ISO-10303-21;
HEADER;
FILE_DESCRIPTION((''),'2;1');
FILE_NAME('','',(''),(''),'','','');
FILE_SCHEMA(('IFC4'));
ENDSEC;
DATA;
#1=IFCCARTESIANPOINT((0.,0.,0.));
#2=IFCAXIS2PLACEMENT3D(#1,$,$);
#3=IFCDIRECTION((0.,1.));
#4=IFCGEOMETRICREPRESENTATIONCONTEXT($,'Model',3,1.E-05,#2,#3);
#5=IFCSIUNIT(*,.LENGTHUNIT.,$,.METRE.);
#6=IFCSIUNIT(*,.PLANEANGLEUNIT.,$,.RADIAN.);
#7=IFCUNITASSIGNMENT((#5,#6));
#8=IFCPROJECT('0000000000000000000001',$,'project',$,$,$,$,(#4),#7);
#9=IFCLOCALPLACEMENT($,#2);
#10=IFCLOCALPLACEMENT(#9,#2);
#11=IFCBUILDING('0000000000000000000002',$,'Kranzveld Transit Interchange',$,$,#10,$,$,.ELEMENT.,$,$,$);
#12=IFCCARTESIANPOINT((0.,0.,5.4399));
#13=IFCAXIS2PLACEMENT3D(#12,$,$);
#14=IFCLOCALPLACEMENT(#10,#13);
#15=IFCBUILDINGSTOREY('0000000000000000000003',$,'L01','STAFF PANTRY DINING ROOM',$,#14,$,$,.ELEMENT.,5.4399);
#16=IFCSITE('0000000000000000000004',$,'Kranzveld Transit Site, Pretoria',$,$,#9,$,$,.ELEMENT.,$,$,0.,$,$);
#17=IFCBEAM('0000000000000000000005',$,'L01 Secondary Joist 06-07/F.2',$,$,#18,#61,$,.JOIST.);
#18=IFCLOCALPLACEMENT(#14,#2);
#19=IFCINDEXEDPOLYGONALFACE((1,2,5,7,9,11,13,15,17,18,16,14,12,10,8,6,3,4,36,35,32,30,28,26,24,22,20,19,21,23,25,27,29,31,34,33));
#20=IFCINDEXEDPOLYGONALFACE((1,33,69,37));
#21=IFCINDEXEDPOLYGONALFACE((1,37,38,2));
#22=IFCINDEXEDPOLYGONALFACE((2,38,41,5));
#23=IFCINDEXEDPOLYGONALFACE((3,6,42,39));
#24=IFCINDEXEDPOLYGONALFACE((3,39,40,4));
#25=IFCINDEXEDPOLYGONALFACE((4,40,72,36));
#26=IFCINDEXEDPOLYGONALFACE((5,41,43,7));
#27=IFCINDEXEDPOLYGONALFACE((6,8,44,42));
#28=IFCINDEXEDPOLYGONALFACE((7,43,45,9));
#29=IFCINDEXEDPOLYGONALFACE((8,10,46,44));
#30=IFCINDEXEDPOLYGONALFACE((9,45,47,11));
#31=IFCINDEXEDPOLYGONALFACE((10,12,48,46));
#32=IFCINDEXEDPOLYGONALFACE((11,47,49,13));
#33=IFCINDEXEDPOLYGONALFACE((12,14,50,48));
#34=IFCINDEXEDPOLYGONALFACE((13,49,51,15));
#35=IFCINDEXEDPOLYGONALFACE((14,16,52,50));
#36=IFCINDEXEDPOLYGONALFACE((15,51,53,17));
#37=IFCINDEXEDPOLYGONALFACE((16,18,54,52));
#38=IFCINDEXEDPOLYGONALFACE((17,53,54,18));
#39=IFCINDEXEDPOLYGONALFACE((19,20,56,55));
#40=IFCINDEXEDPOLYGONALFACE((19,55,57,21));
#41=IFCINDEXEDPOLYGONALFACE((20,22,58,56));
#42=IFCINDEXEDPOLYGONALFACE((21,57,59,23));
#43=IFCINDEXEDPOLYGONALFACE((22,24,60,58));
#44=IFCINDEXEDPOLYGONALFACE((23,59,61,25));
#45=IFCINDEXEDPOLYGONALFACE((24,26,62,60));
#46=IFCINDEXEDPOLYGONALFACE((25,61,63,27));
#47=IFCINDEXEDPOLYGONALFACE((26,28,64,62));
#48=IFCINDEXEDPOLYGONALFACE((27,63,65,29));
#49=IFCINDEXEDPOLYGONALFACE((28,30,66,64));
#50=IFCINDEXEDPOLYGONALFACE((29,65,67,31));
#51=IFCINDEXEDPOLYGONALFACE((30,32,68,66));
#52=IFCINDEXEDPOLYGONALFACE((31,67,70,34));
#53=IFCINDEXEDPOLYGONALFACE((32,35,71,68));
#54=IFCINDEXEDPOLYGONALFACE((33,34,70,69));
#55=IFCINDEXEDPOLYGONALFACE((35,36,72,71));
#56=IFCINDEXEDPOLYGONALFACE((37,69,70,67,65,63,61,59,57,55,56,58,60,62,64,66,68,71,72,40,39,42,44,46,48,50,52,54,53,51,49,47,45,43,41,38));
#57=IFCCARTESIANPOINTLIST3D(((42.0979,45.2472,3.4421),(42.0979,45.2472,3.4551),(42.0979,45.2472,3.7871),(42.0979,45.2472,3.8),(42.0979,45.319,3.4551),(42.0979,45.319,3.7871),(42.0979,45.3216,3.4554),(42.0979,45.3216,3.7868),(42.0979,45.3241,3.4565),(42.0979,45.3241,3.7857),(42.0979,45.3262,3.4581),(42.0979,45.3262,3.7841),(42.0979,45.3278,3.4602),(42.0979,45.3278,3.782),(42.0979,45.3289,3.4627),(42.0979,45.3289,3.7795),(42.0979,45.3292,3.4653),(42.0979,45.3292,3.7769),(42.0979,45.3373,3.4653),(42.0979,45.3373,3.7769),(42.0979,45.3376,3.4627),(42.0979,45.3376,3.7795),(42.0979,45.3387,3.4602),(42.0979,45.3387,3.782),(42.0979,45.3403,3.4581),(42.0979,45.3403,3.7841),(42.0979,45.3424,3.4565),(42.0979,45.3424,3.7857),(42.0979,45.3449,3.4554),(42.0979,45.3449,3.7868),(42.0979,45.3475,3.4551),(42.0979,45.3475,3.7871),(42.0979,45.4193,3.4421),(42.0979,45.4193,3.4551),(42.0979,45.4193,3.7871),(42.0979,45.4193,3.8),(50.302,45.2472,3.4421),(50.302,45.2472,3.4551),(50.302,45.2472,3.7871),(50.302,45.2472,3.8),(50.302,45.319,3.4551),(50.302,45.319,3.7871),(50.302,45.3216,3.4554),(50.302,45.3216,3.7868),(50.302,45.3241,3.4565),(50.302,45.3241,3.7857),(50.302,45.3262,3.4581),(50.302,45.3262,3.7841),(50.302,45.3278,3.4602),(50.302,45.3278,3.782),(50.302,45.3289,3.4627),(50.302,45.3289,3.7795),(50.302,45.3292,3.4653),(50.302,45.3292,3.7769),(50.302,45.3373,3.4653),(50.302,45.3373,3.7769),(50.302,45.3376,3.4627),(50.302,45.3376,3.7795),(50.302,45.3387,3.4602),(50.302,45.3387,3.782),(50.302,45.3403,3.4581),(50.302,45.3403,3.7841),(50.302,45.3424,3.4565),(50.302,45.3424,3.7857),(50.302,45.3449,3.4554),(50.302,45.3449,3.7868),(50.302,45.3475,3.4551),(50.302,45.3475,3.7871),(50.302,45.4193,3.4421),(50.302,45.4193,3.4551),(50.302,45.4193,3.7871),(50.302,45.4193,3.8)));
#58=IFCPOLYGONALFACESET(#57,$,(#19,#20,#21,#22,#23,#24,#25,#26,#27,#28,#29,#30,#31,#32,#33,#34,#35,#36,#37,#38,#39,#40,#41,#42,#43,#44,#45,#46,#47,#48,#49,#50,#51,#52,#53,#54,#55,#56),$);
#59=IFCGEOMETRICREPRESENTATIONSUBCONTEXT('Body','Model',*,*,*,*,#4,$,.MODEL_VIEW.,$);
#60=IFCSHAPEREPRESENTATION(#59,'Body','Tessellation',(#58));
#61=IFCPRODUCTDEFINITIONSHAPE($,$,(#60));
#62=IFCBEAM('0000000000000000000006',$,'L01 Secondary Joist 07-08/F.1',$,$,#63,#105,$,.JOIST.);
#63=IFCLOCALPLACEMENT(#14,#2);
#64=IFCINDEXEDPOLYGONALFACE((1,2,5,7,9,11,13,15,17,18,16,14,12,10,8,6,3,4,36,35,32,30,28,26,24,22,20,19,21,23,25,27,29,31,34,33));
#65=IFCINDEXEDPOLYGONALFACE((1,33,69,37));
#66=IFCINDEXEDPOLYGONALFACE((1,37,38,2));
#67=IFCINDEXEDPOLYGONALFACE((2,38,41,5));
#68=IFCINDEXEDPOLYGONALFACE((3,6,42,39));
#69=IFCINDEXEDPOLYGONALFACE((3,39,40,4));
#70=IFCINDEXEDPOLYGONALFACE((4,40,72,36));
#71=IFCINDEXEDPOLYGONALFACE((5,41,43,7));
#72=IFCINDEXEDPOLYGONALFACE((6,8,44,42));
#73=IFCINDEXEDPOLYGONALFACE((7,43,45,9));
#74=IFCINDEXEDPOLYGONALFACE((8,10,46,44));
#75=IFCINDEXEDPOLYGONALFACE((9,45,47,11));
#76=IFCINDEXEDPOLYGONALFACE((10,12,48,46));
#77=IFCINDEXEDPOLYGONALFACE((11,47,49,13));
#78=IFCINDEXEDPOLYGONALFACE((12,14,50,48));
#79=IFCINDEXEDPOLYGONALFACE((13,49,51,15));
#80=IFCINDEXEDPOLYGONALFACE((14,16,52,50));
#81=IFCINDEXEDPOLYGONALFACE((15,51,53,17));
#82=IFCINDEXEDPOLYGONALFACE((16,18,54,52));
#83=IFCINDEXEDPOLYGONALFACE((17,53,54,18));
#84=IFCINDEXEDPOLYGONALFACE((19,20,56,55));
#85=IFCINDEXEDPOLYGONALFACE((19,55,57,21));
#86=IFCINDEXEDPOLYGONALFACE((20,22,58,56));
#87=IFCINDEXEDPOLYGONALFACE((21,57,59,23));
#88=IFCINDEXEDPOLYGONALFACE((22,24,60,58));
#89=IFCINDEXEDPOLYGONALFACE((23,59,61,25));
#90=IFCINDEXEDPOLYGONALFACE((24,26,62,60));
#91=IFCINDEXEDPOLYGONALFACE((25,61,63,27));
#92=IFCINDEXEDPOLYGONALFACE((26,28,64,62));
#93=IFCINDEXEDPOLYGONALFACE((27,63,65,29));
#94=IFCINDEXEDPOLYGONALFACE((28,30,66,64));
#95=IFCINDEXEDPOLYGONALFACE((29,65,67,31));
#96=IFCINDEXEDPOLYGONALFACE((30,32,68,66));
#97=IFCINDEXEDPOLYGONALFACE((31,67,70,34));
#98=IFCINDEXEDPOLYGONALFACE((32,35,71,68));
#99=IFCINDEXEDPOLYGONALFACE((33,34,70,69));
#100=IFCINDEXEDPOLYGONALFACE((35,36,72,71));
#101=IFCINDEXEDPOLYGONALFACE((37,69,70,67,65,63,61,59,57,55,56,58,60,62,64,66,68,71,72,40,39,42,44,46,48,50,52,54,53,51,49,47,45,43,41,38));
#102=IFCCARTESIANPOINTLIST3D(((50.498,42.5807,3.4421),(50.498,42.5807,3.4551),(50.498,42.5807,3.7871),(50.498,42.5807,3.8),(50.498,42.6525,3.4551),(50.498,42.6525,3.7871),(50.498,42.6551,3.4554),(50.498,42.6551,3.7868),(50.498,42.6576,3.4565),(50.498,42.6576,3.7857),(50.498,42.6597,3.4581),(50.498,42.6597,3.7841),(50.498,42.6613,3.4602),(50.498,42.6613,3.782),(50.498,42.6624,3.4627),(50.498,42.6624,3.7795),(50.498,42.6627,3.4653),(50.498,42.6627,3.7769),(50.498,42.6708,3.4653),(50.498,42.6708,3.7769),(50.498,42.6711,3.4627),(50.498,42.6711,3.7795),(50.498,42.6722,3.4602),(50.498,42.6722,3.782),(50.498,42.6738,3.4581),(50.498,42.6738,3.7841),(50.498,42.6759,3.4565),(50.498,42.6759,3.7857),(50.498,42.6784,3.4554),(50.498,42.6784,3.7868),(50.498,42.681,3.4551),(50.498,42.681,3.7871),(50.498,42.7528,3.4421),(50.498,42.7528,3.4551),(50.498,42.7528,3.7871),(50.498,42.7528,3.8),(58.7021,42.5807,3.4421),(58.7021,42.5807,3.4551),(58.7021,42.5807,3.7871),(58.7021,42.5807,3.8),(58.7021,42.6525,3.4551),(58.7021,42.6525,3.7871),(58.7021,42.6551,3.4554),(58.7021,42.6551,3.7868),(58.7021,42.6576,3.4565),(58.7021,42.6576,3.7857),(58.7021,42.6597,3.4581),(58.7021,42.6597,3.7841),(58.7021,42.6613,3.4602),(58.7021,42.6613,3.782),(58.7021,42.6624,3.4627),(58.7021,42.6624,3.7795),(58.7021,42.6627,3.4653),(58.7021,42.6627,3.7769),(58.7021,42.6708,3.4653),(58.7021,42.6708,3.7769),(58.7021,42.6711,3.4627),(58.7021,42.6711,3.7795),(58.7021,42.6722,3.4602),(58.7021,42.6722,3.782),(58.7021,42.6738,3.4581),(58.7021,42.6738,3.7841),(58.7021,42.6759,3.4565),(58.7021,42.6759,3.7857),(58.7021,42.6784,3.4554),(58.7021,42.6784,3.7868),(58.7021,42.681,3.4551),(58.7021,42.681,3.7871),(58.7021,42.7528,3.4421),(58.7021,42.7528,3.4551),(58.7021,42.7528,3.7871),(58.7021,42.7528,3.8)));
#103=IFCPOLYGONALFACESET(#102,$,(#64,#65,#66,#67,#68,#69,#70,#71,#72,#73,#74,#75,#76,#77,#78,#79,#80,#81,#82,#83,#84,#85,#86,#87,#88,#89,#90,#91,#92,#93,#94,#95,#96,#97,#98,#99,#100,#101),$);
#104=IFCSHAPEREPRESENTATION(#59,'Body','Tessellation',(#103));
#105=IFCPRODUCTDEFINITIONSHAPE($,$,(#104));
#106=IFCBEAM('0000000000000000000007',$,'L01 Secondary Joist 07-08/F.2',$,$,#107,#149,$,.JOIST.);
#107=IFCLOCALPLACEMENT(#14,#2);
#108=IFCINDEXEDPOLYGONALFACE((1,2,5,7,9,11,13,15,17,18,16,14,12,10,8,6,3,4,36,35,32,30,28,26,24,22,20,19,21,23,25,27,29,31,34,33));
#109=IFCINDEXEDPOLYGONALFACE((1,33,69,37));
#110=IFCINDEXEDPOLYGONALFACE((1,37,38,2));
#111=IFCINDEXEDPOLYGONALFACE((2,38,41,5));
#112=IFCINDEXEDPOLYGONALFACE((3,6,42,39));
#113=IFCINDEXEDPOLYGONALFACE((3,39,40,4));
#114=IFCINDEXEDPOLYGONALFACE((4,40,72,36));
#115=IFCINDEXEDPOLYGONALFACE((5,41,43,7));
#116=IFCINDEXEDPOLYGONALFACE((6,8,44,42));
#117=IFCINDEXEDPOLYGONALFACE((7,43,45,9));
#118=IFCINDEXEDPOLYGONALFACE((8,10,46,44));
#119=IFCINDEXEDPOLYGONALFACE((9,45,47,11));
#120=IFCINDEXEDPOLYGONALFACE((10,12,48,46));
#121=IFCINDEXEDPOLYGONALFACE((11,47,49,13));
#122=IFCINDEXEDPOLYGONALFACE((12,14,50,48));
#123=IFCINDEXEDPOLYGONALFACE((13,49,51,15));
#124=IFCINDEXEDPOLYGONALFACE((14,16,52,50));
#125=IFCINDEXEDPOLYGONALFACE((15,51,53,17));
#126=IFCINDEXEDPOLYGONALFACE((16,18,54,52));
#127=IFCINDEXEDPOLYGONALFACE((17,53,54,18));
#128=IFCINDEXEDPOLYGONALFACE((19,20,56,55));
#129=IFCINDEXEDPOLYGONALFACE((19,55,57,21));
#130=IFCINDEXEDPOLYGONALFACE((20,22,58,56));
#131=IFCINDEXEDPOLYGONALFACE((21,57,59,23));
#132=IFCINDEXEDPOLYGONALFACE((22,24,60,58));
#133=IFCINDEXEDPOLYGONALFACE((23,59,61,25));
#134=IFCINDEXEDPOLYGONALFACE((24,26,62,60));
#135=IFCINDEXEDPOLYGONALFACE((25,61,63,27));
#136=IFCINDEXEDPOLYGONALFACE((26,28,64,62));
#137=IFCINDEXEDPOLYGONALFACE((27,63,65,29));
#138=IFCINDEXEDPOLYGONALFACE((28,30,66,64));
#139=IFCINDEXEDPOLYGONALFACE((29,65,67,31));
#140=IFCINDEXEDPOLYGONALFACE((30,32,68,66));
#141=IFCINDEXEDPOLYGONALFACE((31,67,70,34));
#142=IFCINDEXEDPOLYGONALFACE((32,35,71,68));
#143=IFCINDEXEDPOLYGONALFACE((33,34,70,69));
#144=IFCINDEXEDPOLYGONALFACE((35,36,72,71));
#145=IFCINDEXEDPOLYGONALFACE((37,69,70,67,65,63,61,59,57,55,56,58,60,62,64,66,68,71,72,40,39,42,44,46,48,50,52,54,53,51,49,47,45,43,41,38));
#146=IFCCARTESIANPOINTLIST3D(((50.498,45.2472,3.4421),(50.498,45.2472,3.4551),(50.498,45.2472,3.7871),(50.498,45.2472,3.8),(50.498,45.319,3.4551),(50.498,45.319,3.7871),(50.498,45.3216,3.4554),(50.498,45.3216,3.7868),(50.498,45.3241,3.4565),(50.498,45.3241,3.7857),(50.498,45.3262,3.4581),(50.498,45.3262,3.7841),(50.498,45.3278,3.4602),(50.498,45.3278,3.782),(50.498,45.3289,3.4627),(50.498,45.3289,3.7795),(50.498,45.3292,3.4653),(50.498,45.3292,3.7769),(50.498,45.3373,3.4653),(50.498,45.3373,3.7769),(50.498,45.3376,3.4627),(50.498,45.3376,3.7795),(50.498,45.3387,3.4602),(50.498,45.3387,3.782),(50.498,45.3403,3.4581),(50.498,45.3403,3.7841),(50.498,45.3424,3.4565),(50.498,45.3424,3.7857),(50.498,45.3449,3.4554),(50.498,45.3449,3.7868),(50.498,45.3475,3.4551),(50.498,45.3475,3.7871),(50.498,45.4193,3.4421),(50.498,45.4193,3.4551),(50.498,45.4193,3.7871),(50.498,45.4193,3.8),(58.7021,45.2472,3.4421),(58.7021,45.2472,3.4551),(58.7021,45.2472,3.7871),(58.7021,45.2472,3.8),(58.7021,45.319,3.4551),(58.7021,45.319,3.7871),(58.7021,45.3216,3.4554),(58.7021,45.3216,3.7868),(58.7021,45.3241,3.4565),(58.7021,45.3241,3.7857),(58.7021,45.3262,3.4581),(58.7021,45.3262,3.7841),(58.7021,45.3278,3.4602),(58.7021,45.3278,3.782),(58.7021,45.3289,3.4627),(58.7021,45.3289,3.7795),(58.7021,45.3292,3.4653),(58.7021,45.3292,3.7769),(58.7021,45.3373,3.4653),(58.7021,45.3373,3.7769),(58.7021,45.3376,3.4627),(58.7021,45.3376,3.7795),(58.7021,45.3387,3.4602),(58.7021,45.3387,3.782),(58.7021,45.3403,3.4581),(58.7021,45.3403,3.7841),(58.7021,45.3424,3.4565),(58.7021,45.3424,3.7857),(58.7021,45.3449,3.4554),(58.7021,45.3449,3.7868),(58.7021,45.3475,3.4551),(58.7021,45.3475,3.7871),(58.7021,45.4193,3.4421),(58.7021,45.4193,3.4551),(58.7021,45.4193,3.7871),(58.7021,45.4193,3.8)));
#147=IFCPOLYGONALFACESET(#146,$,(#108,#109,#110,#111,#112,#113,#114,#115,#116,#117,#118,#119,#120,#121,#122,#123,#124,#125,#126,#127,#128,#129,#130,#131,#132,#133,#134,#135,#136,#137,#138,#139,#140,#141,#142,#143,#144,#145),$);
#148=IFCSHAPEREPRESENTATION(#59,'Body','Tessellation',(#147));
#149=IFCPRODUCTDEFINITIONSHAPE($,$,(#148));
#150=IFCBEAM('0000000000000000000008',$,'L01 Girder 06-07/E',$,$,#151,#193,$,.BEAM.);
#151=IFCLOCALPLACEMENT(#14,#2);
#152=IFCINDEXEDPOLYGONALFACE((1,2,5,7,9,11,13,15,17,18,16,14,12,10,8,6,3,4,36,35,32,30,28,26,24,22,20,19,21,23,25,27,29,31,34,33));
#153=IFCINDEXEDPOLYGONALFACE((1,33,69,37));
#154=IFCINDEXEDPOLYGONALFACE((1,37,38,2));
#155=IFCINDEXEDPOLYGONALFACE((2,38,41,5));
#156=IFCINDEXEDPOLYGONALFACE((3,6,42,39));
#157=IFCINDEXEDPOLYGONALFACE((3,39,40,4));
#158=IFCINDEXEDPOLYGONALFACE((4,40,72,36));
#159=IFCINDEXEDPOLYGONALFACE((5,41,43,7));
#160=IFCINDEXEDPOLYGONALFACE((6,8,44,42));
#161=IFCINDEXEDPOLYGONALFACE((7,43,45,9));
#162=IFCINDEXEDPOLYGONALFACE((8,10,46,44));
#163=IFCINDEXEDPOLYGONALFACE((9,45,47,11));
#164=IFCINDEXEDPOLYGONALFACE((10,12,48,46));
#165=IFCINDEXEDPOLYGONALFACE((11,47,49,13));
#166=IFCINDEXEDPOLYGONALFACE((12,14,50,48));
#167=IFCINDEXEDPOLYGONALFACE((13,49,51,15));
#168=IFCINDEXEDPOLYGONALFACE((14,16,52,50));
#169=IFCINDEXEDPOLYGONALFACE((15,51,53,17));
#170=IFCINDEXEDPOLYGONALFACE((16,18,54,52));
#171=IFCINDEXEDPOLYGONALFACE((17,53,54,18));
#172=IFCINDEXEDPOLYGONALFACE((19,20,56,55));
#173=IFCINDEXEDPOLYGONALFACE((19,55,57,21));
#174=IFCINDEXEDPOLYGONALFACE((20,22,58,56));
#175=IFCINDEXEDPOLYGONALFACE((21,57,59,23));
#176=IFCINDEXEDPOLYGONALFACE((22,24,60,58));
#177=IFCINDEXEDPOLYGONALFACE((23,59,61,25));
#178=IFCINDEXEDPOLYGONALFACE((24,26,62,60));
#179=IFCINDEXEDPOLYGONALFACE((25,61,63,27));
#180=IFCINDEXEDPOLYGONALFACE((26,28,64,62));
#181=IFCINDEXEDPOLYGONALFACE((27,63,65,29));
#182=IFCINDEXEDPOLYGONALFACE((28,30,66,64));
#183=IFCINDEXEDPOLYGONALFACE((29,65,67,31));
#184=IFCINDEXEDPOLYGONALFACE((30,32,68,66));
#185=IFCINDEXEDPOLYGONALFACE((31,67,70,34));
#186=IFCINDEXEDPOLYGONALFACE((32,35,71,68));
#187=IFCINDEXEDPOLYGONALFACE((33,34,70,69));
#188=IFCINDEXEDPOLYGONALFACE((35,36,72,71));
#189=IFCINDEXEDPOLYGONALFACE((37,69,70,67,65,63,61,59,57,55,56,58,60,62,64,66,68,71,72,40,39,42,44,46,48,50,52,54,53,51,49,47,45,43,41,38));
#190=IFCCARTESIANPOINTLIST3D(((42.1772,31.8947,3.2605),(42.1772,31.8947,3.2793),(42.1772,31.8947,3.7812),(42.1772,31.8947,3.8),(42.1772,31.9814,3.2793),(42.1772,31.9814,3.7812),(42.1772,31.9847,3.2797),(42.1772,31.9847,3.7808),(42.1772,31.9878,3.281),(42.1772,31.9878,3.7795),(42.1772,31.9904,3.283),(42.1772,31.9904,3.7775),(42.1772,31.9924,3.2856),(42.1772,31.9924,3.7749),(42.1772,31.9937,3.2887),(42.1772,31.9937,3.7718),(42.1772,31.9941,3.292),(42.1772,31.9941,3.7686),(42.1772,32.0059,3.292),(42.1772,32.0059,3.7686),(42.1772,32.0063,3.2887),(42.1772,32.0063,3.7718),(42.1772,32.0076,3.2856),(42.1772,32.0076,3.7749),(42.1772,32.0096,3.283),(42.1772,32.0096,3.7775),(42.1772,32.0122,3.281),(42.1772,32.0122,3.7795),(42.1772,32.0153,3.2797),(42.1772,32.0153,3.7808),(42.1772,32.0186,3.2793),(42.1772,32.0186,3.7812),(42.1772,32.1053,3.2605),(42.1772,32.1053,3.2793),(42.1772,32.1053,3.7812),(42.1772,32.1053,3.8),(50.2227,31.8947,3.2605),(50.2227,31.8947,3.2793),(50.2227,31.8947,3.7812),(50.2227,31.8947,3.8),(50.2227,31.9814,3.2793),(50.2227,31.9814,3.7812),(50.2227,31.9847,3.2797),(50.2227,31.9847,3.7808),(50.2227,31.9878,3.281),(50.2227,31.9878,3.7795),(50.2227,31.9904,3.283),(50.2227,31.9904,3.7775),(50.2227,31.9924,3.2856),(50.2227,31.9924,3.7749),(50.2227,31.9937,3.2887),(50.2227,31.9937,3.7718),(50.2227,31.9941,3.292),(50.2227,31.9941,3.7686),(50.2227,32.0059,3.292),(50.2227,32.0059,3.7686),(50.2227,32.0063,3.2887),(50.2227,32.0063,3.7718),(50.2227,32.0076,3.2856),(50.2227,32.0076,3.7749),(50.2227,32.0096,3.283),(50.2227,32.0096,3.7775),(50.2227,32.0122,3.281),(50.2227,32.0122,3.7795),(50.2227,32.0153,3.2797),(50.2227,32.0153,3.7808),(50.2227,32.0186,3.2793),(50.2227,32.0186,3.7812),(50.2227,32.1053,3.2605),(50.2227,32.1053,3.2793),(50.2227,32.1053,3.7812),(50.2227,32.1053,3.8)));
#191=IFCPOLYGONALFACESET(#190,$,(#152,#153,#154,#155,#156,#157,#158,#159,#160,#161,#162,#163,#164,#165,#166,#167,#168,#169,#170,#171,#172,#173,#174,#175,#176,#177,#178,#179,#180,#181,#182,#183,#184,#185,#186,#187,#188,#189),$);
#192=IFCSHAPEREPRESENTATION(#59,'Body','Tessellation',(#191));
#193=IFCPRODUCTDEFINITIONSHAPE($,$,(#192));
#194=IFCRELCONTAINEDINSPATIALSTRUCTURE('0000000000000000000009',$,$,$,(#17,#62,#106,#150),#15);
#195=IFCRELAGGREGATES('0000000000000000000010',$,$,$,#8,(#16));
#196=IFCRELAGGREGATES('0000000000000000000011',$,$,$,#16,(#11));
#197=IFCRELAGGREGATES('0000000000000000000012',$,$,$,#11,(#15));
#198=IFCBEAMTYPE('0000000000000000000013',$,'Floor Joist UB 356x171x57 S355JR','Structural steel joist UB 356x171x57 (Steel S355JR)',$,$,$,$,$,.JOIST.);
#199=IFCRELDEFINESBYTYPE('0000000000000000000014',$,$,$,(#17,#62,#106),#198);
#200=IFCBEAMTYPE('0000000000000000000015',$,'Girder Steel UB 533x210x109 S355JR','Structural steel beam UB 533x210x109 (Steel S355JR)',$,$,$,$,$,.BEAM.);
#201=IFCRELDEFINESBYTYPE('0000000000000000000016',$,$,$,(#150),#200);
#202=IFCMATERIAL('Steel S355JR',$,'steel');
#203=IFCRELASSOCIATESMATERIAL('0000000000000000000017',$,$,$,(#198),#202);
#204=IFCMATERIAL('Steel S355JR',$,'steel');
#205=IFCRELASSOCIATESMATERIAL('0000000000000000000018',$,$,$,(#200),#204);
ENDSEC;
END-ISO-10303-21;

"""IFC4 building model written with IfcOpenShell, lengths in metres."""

from ifc_helpers import new_model, si_unit, direction, frame, origin, origin_2d, place, context, subcontext, project, spatial, i_section, extrude, material, material_profile, profile_set, type_object, element, save


model = new_model("IFC4")

# Units and contexts
model_context = context("Model", 3, precision=1e-05, world=origin(), true_north=direction((0.0, 1.0)))
body_context = subcontext(model_context, "Body", "Model", "MODEL_VIEW")
ifc_project = project(units=[si_unit("LENGTHUNIT", "METRE"), si_unit("PLANEANGLEUNIT", "RADIAN")], contexts=[model_context])

# Site, building, storey
site_placement = place(None, origin())
site = spatial("IfcSite", under=ifc_project, at=site_placement, Name="Kranzveld Transit Site, Pretoria", CompositionType="ELEMENT", RefElevation=0.0)
building_placement = place(site_placement, origin())
building = spatial("IfcBuilding", under=site, at=building_placement, Name="Kranzveld Transit Interchange", CompositionType="ELEMENT")
storey_placement = place(building_placement, frame((0.0, 0.0, 5.4399)))
storey = spatial("IfcBuildingStorey", under=building, at=storey_placement, Name="L01", Description="STAFF PANTRY DINING ROOM", CompositionType="ELEMENT", Elevation=5.4399)

# Beams
ifc_material_1 = material(Name="Steel S355JR", Category="steel")
ifc_material_profile_1 = material_profile(ifc_material_1, i_section(OverallWidth=0.1721, OverallDepth=0.3579, WebThickness=0.0081, FlangeThickness=0.0129, FilletRadius=0.0103, at=origin_2d()), Name="UB 356x171x57")
ifc_profile_set_1 = profile_set([ifc_material_profile_1], Name="Steel S355JR")
beam_type_1 = type_object("IfcBeamType", Name="Floor Joist UB 356x171x57 S355JR", Description="Structural steel joist UB 356x171x57 (Steel S355JR)", PredefinedType="JOIST", material=ifc_profile_set_1)
for number, where, z_axis, x_axis, name in (
    (1, (42.0979, 45.3333, 3.6211), (1.0, 0.0, 0.0), (0.0, 1.0, 0.0), "L01 Secondary Joist 06-07/F.2"),
    (2, (50.498, 42.6667, 3.6211), (1.0, 0.0, 0.0), (0.0, 1.0, 0.0), "L01 Secondary Joist 07-08/F.1"),
    (3, (50.498, 45.3333, 3.6211), (1.0, 0.0, 0.0), (0.0, 1.0, 0.0), "L01 Secondary Joist 07-08/F.2"),
):
    element("IfcBeam", number, at=place(storey_placement, frame(where, z_axis=z_axis, x_axis=x_axis)), inside=storey, type_object=beam_type_1, Name=name, PredefinedType="JOIST", context=body_context, shape_type="SweptSolid", body=[
        extrude(i_section(OverallWidth=0.1721, OverallDepth=0.3579, WebThickness=0.0081, FlangeThickness=0.0129, FilletRadius=0.0103, at=origin_2d()), origin(), (0.0, 0.0, 1.0), 8.2041),
    ])
ifc_material_2 = material(Name="Steel S355JR", Category="steel")
ifc_material_profile_2 = material_profile(ifc_material_2, i_section(OverallWidth=0.2107, OverallDepth=0.5396, WebThickness=0.0117, FlangeThickness=0.0188, FilletRadius=0.0127, at=origin_2d()), Name="UB 533x210x109")
ifc_profile_set_2 = profile_set([ifc_material_profile_2], Name="Steel S355JR")
beam_type_2 = type_object("IfcBeamType", Name="Girder Steel UB 533x210x109 S355JR", Description="Structural steel beam UB 533x210x109 (Steel S355JR)", PredefinedType="BEAM", material=ifc_profile_set_2)
for number, where, z_axis, x_axis, name in (
    (4, (42.1772, 32.0, 3.5303), (1.0, 0.0, 0.0), (0.0, 1.0, 0.0), "L01 Girder 06-07/E"),
):
    element("IfcBeam", number, at=place(storey_placement, frame(where, z_axis=z_axis, x_axis=x_axis)), inside=storey, type_object=beam_type_2, Name=name, PredefinedType="BEAM", context=body_context, shape_type="SweptSolid", body=[
        extrude(i_section(OverallWidth=0.2107, OverallDepth=0.5396, WebThickness=0.0117, FlangeThickness=0.0188, FilletRadius=0.0127, at=origin_2d()), origin(), (0.0, 0.0, 1.0), 8.0454),
    ])

save(model, "model.ifc")
